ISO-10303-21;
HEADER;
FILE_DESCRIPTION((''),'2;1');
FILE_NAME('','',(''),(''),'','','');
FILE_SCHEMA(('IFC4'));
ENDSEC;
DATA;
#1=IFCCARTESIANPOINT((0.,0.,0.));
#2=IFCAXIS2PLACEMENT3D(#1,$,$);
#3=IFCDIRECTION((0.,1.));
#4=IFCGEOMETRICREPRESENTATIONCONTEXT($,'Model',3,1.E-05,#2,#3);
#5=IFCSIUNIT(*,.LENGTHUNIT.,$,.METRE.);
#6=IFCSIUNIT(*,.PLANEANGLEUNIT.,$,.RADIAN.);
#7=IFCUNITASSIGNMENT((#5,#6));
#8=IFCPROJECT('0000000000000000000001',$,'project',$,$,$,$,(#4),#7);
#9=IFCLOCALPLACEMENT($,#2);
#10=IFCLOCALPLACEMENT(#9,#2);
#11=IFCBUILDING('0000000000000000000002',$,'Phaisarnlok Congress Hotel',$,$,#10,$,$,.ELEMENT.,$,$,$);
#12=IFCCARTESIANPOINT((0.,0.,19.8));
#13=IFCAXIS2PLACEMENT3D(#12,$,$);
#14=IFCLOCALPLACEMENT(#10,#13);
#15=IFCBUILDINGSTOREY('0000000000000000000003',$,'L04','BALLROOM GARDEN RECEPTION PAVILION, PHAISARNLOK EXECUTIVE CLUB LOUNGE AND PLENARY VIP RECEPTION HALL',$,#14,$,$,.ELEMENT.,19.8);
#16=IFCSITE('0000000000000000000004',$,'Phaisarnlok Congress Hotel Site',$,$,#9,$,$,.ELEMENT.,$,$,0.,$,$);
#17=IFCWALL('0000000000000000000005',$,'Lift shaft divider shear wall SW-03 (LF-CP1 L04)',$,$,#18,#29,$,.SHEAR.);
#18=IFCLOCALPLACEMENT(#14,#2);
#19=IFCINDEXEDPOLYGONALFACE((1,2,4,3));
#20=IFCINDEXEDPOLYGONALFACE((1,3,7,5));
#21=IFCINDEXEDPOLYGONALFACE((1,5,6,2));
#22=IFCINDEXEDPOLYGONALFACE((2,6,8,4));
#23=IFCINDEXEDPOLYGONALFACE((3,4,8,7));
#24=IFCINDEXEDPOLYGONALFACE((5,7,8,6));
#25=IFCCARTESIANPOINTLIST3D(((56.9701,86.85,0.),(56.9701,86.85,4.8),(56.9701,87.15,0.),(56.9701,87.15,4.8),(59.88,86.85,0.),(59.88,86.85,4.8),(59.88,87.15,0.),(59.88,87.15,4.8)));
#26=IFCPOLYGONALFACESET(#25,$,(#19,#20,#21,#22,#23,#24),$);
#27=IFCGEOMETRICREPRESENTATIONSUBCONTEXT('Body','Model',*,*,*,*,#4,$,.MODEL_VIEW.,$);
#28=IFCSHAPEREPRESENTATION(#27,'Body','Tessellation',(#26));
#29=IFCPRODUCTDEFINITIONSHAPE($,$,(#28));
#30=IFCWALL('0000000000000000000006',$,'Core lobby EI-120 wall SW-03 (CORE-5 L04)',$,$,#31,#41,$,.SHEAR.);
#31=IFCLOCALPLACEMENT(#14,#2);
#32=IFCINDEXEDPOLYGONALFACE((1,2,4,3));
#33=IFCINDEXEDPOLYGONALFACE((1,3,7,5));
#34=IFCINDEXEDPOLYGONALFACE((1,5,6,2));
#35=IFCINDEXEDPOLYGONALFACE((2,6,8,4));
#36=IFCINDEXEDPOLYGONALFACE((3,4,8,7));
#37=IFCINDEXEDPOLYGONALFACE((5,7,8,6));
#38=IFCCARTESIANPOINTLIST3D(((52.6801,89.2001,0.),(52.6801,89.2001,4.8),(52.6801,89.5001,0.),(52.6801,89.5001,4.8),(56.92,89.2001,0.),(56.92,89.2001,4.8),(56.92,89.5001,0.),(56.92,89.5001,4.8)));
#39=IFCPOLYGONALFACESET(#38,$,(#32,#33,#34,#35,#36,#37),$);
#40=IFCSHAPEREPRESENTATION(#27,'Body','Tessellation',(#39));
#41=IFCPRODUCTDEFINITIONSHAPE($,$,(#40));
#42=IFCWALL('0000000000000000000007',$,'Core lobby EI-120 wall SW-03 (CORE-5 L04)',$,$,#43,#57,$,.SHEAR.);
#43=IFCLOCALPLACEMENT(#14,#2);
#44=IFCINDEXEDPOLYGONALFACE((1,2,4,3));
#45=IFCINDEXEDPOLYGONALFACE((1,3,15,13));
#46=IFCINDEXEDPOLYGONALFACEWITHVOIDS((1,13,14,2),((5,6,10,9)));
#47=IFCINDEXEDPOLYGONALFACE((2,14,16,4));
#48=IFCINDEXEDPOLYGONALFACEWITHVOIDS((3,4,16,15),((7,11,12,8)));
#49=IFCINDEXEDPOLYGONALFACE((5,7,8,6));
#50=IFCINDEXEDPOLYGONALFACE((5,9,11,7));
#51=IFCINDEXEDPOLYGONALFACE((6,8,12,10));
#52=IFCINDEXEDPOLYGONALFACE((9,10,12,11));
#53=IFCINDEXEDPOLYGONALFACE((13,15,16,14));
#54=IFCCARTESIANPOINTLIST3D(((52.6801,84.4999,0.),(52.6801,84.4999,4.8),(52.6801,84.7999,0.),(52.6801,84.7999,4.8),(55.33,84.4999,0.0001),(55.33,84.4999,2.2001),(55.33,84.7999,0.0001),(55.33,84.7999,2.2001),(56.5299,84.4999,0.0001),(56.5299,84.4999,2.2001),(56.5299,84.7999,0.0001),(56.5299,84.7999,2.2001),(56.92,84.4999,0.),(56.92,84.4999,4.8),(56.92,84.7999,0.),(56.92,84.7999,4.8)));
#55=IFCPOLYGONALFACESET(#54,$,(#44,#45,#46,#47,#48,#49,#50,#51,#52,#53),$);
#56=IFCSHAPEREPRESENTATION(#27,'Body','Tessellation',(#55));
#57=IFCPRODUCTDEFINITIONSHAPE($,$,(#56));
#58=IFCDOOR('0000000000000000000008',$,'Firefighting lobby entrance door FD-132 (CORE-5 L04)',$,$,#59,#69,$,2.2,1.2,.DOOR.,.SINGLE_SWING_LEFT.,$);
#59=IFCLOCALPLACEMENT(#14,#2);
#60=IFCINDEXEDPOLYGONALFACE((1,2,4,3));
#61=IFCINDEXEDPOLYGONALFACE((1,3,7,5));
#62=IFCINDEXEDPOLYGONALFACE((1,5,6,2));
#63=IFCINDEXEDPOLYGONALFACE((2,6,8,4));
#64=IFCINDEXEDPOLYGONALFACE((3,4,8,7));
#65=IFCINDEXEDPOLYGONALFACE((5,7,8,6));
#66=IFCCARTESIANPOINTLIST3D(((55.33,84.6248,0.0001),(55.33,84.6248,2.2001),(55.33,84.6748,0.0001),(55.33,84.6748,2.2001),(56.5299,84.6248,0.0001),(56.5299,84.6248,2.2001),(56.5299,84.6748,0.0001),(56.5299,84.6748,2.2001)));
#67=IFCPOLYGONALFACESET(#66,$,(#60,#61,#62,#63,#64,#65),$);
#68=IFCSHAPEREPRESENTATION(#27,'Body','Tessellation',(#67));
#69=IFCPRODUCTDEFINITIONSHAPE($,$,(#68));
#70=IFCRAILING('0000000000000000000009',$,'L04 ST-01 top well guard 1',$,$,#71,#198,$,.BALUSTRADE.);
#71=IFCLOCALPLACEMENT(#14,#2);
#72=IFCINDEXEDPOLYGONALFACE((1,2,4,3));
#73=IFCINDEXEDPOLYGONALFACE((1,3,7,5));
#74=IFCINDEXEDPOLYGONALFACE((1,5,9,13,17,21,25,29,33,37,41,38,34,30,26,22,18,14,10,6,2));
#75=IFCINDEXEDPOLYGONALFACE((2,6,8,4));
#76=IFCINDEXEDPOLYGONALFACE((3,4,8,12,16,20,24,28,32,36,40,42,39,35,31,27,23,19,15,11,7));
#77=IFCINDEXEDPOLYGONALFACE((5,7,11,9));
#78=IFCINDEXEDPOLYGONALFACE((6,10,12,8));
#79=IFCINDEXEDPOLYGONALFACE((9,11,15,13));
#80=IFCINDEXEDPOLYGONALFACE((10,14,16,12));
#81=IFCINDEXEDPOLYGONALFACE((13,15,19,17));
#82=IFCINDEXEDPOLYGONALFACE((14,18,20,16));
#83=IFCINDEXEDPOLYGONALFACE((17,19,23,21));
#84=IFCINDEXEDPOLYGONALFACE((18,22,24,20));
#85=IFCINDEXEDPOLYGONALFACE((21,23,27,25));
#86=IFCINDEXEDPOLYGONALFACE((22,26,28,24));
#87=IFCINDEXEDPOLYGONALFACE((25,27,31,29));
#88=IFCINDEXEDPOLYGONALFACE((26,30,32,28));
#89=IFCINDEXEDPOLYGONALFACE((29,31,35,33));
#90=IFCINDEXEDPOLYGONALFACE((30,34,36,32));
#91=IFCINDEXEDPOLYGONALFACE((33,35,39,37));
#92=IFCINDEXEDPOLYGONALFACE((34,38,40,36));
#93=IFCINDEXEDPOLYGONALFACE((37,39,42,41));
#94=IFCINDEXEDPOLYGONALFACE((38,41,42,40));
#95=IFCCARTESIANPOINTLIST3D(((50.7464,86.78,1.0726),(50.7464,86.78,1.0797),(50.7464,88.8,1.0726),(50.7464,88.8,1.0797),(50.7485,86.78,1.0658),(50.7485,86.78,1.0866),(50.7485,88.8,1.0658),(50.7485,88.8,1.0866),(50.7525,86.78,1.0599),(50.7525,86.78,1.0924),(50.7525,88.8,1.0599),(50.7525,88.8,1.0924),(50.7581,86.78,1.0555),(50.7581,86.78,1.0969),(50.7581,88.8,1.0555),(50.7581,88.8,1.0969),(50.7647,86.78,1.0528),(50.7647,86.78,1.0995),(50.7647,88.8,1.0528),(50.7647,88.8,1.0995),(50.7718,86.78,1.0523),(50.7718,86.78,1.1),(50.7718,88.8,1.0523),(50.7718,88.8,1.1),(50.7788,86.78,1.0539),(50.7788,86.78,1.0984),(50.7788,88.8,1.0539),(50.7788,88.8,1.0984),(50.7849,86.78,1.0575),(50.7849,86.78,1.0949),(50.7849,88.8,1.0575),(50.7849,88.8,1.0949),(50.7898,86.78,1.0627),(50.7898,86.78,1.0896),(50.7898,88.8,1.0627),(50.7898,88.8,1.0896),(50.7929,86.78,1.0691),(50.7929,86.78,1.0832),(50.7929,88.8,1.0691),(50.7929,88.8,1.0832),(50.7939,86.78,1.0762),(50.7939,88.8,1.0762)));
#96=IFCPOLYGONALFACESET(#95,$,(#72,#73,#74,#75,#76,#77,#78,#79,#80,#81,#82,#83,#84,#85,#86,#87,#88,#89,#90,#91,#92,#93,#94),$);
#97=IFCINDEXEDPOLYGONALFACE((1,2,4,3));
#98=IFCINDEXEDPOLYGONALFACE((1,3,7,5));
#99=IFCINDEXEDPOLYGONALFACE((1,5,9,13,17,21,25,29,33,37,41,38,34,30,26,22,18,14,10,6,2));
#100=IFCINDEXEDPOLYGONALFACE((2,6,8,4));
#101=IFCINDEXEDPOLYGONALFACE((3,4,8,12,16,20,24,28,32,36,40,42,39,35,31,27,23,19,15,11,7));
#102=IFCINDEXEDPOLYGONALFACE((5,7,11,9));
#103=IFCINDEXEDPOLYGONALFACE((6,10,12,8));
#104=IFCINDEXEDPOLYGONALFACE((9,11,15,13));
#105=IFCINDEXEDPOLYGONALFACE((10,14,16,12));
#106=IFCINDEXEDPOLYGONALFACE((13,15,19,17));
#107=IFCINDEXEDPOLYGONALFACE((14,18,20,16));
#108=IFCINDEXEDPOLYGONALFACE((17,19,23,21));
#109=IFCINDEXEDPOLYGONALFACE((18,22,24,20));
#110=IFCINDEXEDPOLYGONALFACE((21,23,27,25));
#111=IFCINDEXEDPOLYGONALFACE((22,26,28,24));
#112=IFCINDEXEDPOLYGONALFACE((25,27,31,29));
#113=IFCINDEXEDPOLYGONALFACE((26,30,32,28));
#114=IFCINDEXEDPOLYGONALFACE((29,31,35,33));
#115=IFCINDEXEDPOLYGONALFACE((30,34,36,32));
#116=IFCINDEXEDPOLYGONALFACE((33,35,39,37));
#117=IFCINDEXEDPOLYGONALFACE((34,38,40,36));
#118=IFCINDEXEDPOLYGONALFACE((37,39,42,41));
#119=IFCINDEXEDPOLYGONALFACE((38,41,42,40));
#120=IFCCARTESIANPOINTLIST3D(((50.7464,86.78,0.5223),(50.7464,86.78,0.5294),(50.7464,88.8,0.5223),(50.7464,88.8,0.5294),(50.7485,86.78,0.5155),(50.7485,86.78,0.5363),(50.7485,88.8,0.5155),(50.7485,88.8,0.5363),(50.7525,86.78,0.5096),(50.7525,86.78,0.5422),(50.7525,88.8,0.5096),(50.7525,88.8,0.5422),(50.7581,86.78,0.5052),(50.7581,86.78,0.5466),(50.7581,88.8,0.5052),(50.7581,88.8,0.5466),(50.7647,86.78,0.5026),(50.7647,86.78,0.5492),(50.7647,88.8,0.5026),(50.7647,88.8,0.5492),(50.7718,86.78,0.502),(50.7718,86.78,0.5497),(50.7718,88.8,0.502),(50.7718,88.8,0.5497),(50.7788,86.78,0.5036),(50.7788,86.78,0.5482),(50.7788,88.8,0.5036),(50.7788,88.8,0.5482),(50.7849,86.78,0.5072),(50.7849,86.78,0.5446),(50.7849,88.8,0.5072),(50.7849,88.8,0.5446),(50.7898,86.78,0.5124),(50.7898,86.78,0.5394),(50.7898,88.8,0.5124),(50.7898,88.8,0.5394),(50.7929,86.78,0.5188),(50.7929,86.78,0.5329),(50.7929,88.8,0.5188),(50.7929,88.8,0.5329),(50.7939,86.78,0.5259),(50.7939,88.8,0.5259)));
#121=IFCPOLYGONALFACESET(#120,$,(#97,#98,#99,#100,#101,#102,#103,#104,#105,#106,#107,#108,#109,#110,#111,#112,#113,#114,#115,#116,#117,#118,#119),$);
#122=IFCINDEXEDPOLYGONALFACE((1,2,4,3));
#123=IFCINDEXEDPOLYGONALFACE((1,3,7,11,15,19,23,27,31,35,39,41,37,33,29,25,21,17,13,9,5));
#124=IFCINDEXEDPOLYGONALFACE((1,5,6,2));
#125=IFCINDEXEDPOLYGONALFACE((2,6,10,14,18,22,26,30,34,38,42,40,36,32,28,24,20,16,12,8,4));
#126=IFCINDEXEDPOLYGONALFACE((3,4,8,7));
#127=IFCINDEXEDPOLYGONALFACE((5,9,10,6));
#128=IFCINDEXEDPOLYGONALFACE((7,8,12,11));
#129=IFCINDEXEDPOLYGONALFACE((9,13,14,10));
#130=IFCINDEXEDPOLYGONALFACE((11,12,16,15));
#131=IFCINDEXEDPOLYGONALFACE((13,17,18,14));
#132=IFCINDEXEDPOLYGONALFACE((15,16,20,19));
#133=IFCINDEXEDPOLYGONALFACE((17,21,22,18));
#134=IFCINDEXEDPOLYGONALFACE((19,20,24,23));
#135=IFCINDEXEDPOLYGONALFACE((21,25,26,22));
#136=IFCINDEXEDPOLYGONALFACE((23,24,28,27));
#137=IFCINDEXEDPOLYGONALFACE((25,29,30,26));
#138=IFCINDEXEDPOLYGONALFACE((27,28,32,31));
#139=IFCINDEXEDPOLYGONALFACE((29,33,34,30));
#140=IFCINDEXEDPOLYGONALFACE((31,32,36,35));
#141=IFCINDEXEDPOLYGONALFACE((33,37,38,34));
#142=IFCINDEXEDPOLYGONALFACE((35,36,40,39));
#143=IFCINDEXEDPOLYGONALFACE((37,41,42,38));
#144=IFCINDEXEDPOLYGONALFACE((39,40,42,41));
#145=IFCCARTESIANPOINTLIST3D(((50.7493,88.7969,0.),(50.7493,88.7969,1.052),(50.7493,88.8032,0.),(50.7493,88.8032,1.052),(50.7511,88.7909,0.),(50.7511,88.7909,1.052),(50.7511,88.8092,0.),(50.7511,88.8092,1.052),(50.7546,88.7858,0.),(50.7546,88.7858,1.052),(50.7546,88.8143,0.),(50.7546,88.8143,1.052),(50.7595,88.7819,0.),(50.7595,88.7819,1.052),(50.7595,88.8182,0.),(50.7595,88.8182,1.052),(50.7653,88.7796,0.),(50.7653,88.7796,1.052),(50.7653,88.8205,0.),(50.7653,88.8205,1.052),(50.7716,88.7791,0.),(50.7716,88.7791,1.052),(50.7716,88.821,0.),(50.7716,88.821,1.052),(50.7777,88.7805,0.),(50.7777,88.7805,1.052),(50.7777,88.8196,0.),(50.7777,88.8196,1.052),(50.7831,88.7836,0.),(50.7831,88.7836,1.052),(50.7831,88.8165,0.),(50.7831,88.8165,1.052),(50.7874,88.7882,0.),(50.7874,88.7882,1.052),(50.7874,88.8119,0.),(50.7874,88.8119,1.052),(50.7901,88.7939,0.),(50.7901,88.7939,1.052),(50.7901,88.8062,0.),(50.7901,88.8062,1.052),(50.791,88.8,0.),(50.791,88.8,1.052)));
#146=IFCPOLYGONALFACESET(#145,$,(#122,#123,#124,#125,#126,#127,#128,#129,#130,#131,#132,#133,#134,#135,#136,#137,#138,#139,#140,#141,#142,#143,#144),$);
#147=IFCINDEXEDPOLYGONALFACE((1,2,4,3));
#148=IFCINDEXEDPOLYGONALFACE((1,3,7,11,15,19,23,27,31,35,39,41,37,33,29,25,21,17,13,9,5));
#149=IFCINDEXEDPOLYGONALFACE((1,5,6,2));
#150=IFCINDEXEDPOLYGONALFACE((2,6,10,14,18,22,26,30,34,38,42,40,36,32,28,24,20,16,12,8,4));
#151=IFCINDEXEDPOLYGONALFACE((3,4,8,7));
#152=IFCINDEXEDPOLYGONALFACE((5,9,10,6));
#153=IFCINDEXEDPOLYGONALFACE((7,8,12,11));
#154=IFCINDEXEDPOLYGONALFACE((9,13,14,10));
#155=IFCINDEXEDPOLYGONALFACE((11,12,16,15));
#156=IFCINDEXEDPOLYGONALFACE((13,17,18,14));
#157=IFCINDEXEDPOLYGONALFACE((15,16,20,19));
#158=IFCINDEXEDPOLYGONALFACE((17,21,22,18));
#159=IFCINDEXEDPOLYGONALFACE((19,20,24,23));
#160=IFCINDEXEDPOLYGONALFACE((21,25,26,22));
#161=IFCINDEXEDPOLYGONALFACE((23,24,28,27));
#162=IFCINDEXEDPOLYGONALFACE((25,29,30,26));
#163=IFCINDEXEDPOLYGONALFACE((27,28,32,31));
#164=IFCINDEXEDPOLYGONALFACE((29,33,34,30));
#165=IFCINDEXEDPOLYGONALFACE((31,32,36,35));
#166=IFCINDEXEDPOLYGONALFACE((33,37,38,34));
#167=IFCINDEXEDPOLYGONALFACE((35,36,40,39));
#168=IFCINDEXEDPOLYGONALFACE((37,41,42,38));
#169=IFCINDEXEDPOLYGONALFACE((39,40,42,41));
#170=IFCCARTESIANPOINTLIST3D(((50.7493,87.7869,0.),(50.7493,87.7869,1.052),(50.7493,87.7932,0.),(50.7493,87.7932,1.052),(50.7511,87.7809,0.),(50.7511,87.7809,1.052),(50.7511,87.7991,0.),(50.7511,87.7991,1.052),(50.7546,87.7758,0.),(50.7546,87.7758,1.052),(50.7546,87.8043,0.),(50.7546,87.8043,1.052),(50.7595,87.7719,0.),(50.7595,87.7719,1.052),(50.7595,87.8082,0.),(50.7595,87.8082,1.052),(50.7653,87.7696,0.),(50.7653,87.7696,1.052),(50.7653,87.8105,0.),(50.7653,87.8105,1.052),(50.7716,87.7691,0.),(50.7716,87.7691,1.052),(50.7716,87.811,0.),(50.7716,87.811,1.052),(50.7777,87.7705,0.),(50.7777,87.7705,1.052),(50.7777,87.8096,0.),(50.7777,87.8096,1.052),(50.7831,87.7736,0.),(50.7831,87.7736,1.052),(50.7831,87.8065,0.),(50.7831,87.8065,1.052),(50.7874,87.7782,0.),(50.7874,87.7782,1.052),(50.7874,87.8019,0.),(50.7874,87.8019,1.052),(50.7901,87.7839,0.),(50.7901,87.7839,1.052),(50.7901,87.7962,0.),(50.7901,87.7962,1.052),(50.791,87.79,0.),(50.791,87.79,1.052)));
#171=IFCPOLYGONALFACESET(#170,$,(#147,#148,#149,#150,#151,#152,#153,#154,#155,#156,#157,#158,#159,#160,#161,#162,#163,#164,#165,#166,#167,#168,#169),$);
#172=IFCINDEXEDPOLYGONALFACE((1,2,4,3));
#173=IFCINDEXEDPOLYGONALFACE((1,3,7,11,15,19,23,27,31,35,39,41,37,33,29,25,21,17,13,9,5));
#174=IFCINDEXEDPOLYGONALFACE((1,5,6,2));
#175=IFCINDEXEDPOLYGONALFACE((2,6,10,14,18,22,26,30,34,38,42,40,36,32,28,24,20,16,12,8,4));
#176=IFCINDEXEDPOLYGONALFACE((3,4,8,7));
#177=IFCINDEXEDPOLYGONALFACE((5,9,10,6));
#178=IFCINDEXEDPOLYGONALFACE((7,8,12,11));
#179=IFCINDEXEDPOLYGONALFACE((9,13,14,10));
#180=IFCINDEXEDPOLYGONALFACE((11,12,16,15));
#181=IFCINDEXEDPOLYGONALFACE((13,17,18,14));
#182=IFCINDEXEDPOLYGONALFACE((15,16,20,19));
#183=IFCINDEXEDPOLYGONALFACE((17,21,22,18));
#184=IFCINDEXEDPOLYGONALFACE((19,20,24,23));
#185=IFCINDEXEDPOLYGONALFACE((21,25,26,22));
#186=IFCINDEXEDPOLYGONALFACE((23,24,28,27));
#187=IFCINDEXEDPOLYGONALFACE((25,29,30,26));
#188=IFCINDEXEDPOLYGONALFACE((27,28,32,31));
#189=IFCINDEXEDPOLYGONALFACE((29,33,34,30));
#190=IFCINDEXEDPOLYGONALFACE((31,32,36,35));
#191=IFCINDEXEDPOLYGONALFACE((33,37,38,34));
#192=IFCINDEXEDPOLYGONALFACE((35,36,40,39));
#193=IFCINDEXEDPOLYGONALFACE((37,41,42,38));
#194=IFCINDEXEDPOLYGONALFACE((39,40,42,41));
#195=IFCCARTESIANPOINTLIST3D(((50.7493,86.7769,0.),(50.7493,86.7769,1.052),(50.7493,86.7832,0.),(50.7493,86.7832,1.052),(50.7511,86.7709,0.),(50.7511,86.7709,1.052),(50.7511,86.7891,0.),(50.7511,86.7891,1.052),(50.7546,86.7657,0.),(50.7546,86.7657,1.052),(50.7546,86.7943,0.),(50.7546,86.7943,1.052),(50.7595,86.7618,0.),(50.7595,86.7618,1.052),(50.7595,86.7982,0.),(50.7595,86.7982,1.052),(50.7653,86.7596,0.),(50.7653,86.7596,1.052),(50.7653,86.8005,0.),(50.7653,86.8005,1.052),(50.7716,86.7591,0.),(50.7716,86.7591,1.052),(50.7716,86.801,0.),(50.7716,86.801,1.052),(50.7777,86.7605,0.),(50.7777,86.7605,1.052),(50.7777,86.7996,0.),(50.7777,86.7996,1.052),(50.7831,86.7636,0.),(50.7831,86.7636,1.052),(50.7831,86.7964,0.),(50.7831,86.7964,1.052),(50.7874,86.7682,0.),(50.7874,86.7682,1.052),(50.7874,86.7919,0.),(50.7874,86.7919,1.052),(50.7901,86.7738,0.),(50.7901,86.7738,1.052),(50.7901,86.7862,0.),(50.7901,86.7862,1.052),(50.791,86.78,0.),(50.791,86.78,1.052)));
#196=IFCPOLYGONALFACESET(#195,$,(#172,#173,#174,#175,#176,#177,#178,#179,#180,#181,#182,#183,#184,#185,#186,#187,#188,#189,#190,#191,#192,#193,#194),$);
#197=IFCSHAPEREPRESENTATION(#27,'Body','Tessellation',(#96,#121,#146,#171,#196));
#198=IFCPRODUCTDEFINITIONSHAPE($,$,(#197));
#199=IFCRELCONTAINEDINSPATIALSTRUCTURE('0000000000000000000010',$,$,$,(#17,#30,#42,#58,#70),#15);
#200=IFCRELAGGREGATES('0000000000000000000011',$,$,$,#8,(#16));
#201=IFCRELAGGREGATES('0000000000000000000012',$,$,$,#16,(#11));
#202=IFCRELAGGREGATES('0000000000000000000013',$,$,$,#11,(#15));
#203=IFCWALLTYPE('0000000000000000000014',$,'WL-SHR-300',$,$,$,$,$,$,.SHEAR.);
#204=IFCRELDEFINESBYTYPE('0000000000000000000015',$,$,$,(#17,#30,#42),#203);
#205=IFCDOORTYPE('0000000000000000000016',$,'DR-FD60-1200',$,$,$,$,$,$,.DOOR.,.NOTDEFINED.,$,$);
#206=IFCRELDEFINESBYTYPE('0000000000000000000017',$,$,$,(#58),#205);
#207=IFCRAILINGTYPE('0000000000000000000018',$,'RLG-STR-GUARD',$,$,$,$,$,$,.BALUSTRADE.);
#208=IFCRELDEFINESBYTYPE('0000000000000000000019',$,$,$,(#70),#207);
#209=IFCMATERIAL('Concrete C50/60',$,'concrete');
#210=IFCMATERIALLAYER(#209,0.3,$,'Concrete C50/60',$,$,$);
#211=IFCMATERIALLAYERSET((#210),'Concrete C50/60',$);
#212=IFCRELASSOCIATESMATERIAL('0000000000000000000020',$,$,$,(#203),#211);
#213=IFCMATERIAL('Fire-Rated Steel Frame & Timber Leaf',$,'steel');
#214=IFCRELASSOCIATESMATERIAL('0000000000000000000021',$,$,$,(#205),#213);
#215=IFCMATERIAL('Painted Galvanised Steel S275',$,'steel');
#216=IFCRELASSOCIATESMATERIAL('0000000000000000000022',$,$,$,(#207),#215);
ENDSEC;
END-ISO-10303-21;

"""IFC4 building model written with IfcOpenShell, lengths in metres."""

from ifc_helpers import new_model, si_unit, direction, frame, frame_2d, origin, origin_2d, place, context, subcontext, project, spatial, rectangle, circle, extrude, material, layer, layer_set, type_object, element, fill, save


model = new_model("IFC4")

# Units and contexts
model_context = context("Model", 3, precision=1e-05, world=origin(), true_north=direction((0.0, 1.0)))
body_context = subcontext(model_context, "Body", "Model", "MODEL_VIEW")
ifc_project = project(units=[si_unit("LENGTHUNIT", "METRE"), si_unit("PLANEANGLEUNIT", "RADIAN")], contexts=[model_context])

# Site, building, storey
site_placement = place(None, origin())
site = spatial("IfcSite", under=ifc_project, at=site_placement, Name="Phaisarnlok Congress Hotel Site", CompositionType="ELEMENT", RefElevation=0.0)
building_placement = place(site_placement, origin())
building = spatial("IfcBuilding", under=site, at=building_placement, Name="Phaisarnlok Congress Hotel", CompositionType="ELEMENT")
storey_placement = place(building_placement, frame((0.0, 0.0, 19.8)))
storey = spatial("IfcBuildingStorey", under=building, at=storey_placement, Name="L04", Description="BALLROOM GARDEN RECEPTION PAVILION, PHAISARNLOK EXECUTIVE CLUB LOUNGE AND PLENARY VIP RECEPTION HALL", CompositionType="ELEMENT", Elevation=19.8)

# Shared definitions
ifc_material_1 = material(Name="Concrete C50/60", Category="concrete")

# Shared definitions
ifc_material_2 = material(Name="Fire-Rated Steel Frame & Timber Leaf", Category="steel")

# Walls
ifc_layer_1 = layer(ifc_material_1, 0.3, Name="Concrete C50/60")
ifc_layer_set_1 = layer_set([ifc_layer_1], Name="Concrete C50/60")
wall_type_1 = type_object("IfcWallType", Name="WL-SHR-300", PredefinedType="SHEAR", material=ifc_layer_set_1)
wall_1_placement = place(storey_placement, frame((56.97, 87.0, 0.0), z_axis=(0.0, 0.0, 1.0), x_axis=(1.0, 0.0, 0.0)))
element("IfcWall", 1, at=wall_1_placement, inside=storey, type_object=wall_type_1, Name="Lift shaft divider shear wall SW-03 (LF-CP1 L04)", PredefinedType="SHEAR", context=body_context, shape_type="SweptSolid", body=[
    extrude(rectangle(XDim=2.9099, YDim=0.3, at=frame_2d((1.4551, 0.0))), origin(), (0.0, 0.0, 1.0), 4.8),
])
wall_2_placement = place(storey_placement, frame((52.6799, 89.3501, 0.0), z_axis=(0.0, 0.0, 1.0), x_axis=(1.0, 0.0, 0.0)))
element("IfcWall", 2, at=wall_2_placement, inside=storey, type_object=wall_type_1, Name="Core lobby EI-120 wall SW-03 (CORE-5 L04)", PredefinedType="SHEAR", context=body_context, shape_type="SweptSolid", body=[
    extrude(rectangle(XDim=4.24, YDim=0.3, at=frame_2d((2.1201, 0.0))), origin(), (0.0, 0.0, 1.0), 4.8),
])

# Wall, opening, door
wall_3_placement = place(storey_placement, frame((52.6799, 84.6499, 0.0), z_axis=(0.0, 0.0, 1.0), x_axis=(1.0, 0.0, 0.0)))
wall_3 = element("IfcWall", 3, at=wall_3_placement, inside=storey, type_object=wall_type_1, Name="Core lobby EI-120 wall SW-03 (CORE-5 L04)", PredefinedType="SHEAR", context=body_context, shape_type="SweptSolid", body=[
    extrude(rectangle(XDim=4.24, YDim=0.3, at=frame_2d((2.1201, 0.0))), origin(), (0.0, 0.0, 1.0), 4.8),
])
opening_1_placement = place(wall_3_placement, frame((2.6499, 0.0, 0.0)))
opening_1 = element("IfcOpeningElement", 4, at=opening_1_placement, cuts=wall_3, PredefinedType="OPENING", context=body_context, shape_type="SweptSolid", body=[
    extrude(rectangle(XDim=1.2, YDim=2.2, at=frame_2d((0.6001, 1.1001))), frame((0.0, 0.1602, 0.0), z_axis=(0.0, -1.0, 0.0), x_axis=(1.0, 0.0, 0.0)), (0.0, 0.0, 1.0), 0.3201),
])
door_type_1 = type_object("IfcDoorType", Name="DR-FD60-1200", OperationType="NOTDEFINED", PredefinedType="DOOR", material=ifc_material_2)
door_1_placement = place(opening_1_placement, origin())
door_1 = element("IfcDoor", 5, at=door_1_placement, inside=storey, type_object=door_type_1, Name="Firefighting lobby entrance door FD-132 (CORE-5 L04)", OperationType="SINGLE_SWING_LEFT", OverallHeight=2.2, OverallWidth=1.2, PredefinedType="DOOR", context=body_context, shape_type="SweptSolid", body=[
    extrude(rectangle(XDim=1.2, YDim=2.2, at=frame_2d((0.6001, 1.1001))), frame((0.0, 0.0249, 0.0), z_axis=(0.0, -1.0, 0.0), x_axis=(1.0, 0.0, 0.0)), (0.0, 0.0, 1.0), 0.05),
])
fill(opening_1, door_1)

# Railing
ifc_material_3 = material(Name="Painted Galvanised Steel S275", Category="steel")
railing_type = type_object("IfcRailingType", Name="RLG-STR-GUARD", PredefinedType="BALUSTRADE", material=ifc_material_3)
railing_placement = place(storey_placement, frame((50.77, 88.8, 0.0)))
element("IfcRailing", 6, at=railing_placement, inside=storey, type_object=railing_type, Name="L04 ST-01 top well guard 1", PredefinedType="BALUSTRADE", context=body_context, shape_type="SweptSolid", body=[
    extrude(circle(Radius=0.0239, at=origin_2d()), frame((0.0, 0.0, 1.0762), z_axis=(0.0, -1.0, 0.0), x_axis=(1.0, 0.0, 0.0)), (0.0, 0.0, 1.0), 2.02),
    extrude(circle(Radius=0.0239, at=origin_2d()), frame((0.0, 0.0, 0.5259), z_axis=(0.0, -1.0, 0.0), x_axis=(1.0, 0.0, 0.0)), (0.0, 0.0, 1.0), 2.02),
    extrude(circle(Radius=0.021, at=origin_2d()), origin(), (0.0, 0.0, 1.0), 1.052),
    extrude(circle(Radius=0.021, at=origin_2d()), frame((0.0, -1.01, 0.0)), (0.0, 0.0, 1.0), 1.052),
    extrude(circle(Radius=0.021, at=origin_2d()), frame((0.0, -2.02, 0.0)), (0.0, 0.0, 1.0), 1.052),
])

save(model, "model.ifc")
